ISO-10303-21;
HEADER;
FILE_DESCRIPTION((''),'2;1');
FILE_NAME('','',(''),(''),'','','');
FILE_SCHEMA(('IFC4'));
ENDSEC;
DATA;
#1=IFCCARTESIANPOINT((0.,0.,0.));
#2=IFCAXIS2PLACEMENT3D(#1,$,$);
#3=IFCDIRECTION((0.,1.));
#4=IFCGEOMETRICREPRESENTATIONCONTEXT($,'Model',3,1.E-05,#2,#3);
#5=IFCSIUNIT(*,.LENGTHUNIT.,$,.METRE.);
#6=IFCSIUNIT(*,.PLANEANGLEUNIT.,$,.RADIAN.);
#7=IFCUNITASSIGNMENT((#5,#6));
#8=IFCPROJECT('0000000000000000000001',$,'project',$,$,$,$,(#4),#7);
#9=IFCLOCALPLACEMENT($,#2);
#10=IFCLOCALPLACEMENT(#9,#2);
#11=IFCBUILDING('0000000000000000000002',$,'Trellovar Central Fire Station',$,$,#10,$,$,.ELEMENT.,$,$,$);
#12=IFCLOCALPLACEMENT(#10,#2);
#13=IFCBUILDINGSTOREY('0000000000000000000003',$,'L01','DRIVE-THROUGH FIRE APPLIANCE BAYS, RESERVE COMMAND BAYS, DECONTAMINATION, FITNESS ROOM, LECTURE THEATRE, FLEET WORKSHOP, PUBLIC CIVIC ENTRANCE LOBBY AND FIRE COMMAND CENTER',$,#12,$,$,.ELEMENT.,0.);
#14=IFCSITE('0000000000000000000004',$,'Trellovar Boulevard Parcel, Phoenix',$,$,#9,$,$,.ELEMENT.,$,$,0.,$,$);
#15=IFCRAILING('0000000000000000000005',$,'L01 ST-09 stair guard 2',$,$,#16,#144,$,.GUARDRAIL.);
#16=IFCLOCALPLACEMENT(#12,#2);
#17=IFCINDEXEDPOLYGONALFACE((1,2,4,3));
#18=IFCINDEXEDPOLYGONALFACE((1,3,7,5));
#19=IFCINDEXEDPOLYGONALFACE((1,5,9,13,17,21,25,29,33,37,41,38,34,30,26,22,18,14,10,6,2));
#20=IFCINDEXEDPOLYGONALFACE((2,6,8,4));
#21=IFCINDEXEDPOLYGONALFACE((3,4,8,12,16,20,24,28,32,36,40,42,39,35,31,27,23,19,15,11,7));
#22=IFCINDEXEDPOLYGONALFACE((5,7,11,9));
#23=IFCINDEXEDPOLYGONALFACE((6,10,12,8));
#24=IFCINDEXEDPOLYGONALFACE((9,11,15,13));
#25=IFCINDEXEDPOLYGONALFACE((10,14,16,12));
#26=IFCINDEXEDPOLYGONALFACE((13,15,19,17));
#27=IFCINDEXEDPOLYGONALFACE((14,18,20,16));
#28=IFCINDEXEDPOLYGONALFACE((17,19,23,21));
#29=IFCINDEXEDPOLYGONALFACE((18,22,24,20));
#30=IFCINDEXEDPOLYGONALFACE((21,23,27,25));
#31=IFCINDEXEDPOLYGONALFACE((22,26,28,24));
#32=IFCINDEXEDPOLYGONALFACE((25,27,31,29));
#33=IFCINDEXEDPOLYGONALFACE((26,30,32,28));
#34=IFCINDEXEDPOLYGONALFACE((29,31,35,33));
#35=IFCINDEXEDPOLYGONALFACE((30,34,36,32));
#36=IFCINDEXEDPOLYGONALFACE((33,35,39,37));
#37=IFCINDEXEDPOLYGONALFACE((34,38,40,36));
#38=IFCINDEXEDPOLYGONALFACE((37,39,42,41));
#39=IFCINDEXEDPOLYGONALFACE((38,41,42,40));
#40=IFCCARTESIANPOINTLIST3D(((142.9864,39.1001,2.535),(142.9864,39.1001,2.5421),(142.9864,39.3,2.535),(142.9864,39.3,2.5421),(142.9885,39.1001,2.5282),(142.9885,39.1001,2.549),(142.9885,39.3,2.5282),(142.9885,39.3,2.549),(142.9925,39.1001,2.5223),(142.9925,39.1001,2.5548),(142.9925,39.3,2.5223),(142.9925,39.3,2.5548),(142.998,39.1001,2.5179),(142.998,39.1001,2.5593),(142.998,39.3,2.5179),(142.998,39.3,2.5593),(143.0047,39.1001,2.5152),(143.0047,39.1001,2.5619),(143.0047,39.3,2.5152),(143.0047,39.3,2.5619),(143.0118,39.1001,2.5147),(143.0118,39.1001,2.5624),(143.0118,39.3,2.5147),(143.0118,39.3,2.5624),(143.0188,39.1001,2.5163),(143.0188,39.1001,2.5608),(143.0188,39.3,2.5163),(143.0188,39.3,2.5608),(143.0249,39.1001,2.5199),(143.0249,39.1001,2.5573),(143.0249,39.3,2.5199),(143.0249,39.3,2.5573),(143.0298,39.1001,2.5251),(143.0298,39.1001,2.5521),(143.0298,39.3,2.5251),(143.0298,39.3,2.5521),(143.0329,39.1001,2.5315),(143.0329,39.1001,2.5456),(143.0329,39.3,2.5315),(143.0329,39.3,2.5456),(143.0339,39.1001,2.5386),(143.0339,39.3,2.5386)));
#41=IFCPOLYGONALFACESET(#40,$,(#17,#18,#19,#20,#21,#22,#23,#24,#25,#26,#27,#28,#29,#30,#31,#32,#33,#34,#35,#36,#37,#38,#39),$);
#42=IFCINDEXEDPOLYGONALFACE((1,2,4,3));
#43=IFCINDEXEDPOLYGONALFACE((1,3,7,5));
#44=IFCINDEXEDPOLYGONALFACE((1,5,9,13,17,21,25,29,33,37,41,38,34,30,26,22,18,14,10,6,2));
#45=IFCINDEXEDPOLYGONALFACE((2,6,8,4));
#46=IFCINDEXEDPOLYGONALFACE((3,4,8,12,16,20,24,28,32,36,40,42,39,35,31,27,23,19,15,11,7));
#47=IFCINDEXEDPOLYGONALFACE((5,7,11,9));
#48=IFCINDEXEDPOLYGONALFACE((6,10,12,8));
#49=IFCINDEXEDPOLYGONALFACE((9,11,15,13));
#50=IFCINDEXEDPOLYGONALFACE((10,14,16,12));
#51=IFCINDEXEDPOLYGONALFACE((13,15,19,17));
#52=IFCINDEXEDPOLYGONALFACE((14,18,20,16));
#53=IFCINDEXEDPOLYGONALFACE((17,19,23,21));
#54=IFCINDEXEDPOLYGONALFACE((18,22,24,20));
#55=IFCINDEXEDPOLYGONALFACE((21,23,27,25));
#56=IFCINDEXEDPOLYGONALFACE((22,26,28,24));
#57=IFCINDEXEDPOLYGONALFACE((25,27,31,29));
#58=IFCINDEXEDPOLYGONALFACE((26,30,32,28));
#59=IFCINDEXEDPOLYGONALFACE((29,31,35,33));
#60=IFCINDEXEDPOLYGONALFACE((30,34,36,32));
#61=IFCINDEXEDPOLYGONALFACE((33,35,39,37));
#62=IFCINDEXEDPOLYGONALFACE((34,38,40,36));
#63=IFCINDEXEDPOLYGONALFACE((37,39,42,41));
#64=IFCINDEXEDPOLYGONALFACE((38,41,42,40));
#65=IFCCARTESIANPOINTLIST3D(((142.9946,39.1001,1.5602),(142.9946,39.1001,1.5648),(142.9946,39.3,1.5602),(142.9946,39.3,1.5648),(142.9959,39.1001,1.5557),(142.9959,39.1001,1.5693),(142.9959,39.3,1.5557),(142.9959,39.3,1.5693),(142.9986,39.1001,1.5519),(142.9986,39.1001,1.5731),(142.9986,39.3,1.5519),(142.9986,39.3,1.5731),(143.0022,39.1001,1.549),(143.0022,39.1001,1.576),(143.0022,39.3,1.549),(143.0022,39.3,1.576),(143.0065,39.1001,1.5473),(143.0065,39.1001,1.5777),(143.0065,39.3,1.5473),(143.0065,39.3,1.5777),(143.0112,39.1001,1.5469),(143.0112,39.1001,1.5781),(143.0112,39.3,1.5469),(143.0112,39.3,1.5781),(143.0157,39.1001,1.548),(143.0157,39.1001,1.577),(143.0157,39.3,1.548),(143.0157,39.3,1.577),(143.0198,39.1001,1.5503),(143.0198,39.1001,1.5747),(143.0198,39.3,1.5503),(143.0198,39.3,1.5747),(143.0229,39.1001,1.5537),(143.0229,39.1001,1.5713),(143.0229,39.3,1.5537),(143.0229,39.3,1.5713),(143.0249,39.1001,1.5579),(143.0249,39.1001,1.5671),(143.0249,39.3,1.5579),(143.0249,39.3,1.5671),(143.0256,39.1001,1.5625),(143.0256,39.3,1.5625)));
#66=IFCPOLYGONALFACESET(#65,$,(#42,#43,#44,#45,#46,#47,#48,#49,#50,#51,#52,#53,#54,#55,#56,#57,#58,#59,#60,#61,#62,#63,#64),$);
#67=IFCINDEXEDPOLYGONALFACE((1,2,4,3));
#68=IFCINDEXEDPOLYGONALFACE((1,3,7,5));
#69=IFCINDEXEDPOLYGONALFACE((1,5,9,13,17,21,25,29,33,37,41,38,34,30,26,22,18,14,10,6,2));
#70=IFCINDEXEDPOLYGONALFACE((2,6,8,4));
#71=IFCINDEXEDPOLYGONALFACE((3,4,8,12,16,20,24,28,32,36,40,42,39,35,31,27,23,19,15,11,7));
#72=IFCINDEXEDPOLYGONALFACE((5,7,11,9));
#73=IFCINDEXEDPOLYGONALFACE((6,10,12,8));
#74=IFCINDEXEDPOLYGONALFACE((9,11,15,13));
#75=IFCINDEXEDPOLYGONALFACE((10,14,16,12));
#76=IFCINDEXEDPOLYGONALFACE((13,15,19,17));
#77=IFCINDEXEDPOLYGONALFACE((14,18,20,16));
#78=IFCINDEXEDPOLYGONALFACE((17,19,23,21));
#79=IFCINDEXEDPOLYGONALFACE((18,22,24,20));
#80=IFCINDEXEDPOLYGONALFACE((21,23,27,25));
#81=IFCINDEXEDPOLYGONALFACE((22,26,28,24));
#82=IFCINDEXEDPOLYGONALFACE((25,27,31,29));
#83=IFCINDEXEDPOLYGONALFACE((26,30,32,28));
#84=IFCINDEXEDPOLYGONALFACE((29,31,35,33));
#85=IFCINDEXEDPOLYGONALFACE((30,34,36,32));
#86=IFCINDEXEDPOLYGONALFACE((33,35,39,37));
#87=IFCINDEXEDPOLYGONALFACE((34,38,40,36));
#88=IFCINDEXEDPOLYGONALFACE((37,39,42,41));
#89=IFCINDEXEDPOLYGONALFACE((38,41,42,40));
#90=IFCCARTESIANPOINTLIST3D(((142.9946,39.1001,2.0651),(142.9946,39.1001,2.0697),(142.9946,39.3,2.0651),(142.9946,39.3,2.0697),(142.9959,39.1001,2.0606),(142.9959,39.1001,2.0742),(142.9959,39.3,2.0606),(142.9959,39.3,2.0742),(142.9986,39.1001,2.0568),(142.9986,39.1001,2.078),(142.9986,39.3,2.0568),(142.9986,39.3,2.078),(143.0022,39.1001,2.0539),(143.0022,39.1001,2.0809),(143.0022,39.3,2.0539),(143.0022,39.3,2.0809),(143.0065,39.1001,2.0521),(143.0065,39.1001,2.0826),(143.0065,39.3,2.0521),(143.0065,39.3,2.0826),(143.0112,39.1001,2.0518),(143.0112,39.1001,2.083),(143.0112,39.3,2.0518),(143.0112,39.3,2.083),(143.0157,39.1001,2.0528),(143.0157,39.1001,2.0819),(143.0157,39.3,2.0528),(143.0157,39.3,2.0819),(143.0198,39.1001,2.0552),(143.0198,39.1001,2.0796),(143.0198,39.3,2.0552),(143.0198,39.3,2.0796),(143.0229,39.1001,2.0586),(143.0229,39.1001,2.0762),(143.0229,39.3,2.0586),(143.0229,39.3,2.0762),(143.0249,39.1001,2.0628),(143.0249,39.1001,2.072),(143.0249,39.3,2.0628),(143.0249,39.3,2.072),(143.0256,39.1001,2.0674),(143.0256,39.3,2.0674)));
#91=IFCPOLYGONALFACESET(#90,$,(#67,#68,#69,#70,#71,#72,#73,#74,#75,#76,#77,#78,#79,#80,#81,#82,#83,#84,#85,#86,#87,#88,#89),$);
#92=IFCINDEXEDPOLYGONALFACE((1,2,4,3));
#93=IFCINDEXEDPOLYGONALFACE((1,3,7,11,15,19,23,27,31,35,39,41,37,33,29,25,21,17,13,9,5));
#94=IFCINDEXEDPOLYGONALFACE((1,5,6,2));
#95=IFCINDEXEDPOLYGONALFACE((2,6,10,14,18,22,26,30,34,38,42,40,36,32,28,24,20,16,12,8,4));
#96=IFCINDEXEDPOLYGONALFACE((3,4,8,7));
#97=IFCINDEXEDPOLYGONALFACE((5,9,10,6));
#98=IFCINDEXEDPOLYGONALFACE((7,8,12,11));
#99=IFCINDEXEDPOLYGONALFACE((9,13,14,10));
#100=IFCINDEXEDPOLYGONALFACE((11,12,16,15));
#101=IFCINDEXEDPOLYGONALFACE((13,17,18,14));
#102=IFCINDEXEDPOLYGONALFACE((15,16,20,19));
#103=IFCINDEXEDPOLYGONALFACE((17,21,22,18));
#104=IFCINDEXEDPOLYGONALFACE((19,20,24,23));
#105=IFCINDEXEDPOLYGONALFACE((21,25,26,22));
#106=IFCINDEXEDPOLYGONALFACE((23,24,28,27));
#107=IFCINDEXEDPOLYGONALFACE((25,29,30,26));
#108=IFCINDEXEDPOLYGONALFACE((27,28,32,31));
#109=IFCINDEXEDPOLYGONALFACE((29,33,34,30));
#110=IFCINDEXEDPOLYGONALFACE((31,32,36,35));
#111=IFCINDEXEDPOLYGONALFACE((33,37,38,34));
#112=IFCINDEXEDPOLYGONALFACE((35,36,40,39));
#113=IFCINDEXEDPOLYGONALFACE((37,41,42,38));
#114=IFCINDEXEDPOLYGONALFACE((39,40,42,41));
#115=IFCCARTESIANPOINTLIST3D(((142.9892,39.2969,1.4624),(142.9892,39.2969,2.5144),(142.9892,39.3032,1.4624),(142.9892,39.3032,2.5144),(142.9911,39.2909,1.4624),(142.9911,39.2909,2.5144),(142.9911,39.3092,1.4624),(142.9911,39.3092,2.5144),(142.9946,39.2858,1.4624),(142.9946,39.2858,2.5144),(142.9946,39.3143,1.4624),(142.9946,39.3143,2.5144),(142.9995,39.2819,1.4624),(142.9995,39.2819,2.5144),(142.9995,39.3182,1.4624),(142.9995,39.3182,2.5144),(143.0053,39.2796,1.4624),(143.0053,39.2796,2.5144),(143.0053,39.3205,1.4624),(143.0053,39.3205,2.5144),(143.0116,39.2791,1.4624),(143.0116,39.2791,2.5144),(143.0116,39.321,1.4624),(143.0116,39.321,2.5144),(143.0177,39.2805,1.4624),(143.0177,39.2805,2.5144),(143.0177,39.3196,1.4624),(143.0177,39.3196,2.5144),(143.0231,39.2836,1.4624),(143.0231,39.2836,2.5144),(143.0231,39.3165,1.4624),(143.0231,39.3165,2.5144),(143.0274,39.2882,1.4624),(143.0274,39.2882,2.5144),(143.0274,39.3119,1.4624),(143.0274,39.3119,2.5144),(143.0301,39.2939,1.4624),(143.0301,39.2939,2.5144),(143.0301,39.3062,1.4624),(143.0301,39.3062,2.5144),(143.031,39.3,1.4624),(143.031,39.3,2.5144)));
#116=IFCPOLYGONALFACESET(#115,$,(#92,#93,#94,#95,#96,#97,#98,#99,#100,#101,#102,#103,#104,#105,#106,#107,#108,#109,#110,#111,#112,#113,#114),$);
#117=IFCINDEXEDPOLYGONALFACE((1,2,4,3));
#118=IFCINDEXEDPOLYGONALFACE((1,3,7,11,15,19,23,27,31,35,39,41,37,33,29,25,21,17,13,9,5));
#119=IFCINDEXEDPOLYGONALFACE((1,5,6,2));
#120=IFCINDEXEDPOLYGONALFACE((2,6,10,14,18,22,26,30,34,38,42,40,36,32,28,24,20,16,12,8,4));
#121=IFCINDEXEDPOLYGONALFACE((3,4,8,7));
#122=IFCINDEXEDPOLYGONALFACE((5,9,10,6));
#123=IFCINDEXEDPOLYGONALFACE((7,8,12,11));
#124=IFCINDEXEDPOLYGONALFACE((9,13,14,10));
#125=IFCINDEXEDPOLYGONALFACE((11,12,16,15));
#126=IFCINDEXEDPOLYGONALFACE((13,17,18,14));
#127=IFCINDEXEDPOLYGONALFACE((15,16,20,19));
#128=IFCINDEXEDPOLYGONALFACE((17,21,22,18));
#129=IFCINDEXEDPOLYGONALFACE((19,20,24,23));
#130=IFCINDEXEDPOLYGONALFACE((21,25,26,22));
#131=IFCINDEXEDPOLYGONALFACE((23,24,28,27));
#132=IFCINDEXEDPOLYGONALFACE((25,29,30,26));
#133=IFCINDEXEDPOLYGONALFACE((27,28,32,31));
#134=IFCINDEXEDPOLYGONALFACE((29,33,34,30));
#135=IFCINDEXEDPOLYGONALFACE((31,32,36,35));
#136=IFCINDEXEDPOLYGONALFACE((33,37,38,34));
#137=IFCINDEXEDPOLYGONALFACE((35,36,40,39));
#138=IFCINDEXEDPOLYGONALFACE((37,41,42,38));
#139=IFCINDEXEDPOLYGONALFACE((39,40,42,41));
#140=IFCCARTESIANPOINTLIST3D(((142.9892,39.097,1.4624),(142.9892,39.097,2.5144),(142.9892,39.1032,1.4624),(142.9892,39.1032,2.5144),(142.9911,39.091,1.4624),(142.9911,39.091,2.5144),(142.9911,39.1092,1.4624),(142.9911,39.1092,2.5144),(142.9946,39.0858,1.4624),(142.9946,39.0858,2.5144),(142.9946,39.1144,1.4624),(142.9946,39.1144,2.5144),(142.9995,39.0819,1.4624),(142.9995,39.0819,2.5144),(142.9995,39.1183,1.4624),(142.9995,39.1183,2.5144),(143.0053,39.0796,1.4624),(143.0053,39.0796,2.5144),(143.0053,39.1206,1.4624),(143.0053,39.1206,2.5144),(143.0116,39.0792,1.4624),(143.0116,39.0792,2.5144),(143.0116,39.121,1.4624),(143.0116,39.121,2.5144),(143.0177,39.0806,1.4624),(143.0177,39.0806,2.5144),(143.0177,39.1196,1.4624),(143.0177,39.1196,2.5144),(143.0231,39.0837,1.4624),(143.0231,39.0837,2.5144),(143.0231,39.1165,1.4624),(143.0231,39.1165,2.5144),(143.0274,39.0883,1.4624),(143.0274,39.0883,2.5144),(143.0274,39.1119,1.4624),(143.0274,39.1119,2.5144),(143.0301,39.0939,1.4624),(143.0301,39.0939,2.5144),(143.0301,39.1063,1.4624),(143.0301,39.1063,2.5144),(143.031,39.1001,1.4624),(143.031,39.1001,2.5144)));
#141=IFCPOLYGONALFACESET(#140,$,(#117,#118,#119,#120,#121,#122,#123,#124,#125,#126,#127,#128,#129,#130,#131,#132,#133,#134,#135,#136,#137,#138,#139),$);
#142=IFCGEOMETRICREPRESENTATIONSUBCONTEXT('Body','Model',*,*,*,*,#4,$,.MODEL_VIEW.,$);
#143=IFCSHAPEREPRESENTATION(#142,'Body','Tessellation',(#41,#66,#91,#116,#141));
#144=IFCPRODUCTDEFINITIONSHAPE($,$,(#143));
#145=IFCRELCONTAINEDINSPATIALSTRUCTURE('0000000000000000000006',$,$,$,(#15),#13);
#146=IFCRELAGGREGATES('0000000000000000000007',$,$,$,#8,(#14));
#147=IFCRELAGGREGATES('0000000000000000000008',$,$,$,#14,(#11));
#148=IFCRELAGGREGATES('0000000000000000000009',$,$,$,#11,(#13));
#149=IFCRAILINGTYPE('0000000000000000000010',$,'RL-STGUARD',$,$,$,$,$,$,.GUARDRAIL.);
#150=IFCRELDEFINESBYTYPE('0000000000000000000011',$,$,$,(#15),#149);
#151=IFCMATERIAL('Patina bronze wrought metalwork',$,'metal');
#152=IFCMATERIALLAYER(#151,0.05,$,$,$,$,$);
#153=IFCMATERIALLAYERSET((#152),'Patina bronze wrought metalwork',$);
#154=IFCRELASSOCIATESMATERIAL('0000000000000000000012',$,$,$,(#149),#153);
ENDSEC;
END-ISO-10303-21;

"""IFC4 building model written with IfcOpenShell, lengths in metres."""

from ifc_helpers import new_model, si_unit, direction, frame, origin, origin_2d, place, context, subcontext, project, spatial, circle, extrude, material, layer, layer_set, type_object, element, save


model = new_model("IFC4")

# Units and contexts
model_context = context("Model", 3, precision=1e-05, world=origin(), true_north=direction((0.0, 1.0)))
body_context = subcontext(model_context, "Body", "Model", "MODEL_VIEW")
ifc_project = project(units=[si_unit("LENGTHUNIT", "METRE"), si_unit("PLANEANGLEUNIT", "RADIAN")], contexts=[model_context])

# Site, building, storey
site_placement = place(None, origin())
site = spatial("IfcSite", under=ifc_project, at=site_placement, Name="Trellovar Boulevard Parcel, Phoenix", CompositionType="ELEMENT", RefElevation=0.0)
building_placement = place(site_placement, origin())
building = spatial("IfcBuilding", under=site, at=building_placement, Name="Trellovar Central Fire Station", CompositionType="ELEMENT")
storey_placement = place(building_placement, origin())
storey = spatial("IfcBuildingStorey", under=building, at=storey_placement, Name="L01", Description="DRIVE-THROUGH FIRE APPLIANCE BAYS, RESERVE COMMAND BAYS, DECONTAMINATION, FITNESS ROOM, LECTURE THEATRE, FLEET WORKSHOP, PUBLIC CIVIC ENTRANCE LOBBY AND FIRE COMMAND CENTER", CompositionType="ELEMENT", Elevation=0.0)

# Railing
ifc_material_1 = material(Name="Patina bronze wrought metalwork", Category="metal")
ifc_layer_1 = layer(ifc_material_1, 0.05)
ifc_layer_set_1 = layer_set([ifc_layer_1], Name="Patina bronze wrought metalwork")
railing_type_1 = type_object("IfcRailingType", Name="RL-STGUARD", PredefinedType="GUARDRAIL", material=ifc_layer_set_1)
railing_1_placement = place(storey_placement, frame((143.01, 39.3, 1.4624)))
element("IfcRailing", 1, at=railing_1_placement, inside=storey, type_object=railing_type_1, Name="L01 ST-09 stair guard 2", PredefinedType="GUARDRAIL", context=body_context, shape_type="SweptSolid", body=[
    extrude(circle(Radius=0.0239, at=origin_2d()), frame((0.0, 0.0, 1.0762), z_axis=(0.0, -1.0, 0.0), x_axis=(1.0, 0.0, 0.0)), (0.0, 0.0, 1.0), 0.2),
    extrude(circle(Radius=0.0156, at=origin_2d()), frame((0.0, 0.0, 0.1001), z_axis=(0.0, -1.0, 0.0), x_axis=(1.0, 0.0, 0.0)), (0.0, 0.0, 1.0), 0.2),
    extrude(circle(Radius=0.0156, at=origin_2d()), frame((0.0, 0.0, 0.605), z_axis=(0.0, -1.0, 0.0), x_axis=(1.0, 0.0, 0.0)), (0.0, 0.0, 1.0), 0.2),
    extrude(circle(Radius=0.021, at=origin_2d()), origin(), (0.0, 0.0, 1.0), 1.052),
    extrude(circle(Radius=0.021, at=origin_2d()), frame((0.0, -0.2, 0.0)), (0.0, 0.0, 1.0), 1.052),
])

save(model, "model.ifc")
